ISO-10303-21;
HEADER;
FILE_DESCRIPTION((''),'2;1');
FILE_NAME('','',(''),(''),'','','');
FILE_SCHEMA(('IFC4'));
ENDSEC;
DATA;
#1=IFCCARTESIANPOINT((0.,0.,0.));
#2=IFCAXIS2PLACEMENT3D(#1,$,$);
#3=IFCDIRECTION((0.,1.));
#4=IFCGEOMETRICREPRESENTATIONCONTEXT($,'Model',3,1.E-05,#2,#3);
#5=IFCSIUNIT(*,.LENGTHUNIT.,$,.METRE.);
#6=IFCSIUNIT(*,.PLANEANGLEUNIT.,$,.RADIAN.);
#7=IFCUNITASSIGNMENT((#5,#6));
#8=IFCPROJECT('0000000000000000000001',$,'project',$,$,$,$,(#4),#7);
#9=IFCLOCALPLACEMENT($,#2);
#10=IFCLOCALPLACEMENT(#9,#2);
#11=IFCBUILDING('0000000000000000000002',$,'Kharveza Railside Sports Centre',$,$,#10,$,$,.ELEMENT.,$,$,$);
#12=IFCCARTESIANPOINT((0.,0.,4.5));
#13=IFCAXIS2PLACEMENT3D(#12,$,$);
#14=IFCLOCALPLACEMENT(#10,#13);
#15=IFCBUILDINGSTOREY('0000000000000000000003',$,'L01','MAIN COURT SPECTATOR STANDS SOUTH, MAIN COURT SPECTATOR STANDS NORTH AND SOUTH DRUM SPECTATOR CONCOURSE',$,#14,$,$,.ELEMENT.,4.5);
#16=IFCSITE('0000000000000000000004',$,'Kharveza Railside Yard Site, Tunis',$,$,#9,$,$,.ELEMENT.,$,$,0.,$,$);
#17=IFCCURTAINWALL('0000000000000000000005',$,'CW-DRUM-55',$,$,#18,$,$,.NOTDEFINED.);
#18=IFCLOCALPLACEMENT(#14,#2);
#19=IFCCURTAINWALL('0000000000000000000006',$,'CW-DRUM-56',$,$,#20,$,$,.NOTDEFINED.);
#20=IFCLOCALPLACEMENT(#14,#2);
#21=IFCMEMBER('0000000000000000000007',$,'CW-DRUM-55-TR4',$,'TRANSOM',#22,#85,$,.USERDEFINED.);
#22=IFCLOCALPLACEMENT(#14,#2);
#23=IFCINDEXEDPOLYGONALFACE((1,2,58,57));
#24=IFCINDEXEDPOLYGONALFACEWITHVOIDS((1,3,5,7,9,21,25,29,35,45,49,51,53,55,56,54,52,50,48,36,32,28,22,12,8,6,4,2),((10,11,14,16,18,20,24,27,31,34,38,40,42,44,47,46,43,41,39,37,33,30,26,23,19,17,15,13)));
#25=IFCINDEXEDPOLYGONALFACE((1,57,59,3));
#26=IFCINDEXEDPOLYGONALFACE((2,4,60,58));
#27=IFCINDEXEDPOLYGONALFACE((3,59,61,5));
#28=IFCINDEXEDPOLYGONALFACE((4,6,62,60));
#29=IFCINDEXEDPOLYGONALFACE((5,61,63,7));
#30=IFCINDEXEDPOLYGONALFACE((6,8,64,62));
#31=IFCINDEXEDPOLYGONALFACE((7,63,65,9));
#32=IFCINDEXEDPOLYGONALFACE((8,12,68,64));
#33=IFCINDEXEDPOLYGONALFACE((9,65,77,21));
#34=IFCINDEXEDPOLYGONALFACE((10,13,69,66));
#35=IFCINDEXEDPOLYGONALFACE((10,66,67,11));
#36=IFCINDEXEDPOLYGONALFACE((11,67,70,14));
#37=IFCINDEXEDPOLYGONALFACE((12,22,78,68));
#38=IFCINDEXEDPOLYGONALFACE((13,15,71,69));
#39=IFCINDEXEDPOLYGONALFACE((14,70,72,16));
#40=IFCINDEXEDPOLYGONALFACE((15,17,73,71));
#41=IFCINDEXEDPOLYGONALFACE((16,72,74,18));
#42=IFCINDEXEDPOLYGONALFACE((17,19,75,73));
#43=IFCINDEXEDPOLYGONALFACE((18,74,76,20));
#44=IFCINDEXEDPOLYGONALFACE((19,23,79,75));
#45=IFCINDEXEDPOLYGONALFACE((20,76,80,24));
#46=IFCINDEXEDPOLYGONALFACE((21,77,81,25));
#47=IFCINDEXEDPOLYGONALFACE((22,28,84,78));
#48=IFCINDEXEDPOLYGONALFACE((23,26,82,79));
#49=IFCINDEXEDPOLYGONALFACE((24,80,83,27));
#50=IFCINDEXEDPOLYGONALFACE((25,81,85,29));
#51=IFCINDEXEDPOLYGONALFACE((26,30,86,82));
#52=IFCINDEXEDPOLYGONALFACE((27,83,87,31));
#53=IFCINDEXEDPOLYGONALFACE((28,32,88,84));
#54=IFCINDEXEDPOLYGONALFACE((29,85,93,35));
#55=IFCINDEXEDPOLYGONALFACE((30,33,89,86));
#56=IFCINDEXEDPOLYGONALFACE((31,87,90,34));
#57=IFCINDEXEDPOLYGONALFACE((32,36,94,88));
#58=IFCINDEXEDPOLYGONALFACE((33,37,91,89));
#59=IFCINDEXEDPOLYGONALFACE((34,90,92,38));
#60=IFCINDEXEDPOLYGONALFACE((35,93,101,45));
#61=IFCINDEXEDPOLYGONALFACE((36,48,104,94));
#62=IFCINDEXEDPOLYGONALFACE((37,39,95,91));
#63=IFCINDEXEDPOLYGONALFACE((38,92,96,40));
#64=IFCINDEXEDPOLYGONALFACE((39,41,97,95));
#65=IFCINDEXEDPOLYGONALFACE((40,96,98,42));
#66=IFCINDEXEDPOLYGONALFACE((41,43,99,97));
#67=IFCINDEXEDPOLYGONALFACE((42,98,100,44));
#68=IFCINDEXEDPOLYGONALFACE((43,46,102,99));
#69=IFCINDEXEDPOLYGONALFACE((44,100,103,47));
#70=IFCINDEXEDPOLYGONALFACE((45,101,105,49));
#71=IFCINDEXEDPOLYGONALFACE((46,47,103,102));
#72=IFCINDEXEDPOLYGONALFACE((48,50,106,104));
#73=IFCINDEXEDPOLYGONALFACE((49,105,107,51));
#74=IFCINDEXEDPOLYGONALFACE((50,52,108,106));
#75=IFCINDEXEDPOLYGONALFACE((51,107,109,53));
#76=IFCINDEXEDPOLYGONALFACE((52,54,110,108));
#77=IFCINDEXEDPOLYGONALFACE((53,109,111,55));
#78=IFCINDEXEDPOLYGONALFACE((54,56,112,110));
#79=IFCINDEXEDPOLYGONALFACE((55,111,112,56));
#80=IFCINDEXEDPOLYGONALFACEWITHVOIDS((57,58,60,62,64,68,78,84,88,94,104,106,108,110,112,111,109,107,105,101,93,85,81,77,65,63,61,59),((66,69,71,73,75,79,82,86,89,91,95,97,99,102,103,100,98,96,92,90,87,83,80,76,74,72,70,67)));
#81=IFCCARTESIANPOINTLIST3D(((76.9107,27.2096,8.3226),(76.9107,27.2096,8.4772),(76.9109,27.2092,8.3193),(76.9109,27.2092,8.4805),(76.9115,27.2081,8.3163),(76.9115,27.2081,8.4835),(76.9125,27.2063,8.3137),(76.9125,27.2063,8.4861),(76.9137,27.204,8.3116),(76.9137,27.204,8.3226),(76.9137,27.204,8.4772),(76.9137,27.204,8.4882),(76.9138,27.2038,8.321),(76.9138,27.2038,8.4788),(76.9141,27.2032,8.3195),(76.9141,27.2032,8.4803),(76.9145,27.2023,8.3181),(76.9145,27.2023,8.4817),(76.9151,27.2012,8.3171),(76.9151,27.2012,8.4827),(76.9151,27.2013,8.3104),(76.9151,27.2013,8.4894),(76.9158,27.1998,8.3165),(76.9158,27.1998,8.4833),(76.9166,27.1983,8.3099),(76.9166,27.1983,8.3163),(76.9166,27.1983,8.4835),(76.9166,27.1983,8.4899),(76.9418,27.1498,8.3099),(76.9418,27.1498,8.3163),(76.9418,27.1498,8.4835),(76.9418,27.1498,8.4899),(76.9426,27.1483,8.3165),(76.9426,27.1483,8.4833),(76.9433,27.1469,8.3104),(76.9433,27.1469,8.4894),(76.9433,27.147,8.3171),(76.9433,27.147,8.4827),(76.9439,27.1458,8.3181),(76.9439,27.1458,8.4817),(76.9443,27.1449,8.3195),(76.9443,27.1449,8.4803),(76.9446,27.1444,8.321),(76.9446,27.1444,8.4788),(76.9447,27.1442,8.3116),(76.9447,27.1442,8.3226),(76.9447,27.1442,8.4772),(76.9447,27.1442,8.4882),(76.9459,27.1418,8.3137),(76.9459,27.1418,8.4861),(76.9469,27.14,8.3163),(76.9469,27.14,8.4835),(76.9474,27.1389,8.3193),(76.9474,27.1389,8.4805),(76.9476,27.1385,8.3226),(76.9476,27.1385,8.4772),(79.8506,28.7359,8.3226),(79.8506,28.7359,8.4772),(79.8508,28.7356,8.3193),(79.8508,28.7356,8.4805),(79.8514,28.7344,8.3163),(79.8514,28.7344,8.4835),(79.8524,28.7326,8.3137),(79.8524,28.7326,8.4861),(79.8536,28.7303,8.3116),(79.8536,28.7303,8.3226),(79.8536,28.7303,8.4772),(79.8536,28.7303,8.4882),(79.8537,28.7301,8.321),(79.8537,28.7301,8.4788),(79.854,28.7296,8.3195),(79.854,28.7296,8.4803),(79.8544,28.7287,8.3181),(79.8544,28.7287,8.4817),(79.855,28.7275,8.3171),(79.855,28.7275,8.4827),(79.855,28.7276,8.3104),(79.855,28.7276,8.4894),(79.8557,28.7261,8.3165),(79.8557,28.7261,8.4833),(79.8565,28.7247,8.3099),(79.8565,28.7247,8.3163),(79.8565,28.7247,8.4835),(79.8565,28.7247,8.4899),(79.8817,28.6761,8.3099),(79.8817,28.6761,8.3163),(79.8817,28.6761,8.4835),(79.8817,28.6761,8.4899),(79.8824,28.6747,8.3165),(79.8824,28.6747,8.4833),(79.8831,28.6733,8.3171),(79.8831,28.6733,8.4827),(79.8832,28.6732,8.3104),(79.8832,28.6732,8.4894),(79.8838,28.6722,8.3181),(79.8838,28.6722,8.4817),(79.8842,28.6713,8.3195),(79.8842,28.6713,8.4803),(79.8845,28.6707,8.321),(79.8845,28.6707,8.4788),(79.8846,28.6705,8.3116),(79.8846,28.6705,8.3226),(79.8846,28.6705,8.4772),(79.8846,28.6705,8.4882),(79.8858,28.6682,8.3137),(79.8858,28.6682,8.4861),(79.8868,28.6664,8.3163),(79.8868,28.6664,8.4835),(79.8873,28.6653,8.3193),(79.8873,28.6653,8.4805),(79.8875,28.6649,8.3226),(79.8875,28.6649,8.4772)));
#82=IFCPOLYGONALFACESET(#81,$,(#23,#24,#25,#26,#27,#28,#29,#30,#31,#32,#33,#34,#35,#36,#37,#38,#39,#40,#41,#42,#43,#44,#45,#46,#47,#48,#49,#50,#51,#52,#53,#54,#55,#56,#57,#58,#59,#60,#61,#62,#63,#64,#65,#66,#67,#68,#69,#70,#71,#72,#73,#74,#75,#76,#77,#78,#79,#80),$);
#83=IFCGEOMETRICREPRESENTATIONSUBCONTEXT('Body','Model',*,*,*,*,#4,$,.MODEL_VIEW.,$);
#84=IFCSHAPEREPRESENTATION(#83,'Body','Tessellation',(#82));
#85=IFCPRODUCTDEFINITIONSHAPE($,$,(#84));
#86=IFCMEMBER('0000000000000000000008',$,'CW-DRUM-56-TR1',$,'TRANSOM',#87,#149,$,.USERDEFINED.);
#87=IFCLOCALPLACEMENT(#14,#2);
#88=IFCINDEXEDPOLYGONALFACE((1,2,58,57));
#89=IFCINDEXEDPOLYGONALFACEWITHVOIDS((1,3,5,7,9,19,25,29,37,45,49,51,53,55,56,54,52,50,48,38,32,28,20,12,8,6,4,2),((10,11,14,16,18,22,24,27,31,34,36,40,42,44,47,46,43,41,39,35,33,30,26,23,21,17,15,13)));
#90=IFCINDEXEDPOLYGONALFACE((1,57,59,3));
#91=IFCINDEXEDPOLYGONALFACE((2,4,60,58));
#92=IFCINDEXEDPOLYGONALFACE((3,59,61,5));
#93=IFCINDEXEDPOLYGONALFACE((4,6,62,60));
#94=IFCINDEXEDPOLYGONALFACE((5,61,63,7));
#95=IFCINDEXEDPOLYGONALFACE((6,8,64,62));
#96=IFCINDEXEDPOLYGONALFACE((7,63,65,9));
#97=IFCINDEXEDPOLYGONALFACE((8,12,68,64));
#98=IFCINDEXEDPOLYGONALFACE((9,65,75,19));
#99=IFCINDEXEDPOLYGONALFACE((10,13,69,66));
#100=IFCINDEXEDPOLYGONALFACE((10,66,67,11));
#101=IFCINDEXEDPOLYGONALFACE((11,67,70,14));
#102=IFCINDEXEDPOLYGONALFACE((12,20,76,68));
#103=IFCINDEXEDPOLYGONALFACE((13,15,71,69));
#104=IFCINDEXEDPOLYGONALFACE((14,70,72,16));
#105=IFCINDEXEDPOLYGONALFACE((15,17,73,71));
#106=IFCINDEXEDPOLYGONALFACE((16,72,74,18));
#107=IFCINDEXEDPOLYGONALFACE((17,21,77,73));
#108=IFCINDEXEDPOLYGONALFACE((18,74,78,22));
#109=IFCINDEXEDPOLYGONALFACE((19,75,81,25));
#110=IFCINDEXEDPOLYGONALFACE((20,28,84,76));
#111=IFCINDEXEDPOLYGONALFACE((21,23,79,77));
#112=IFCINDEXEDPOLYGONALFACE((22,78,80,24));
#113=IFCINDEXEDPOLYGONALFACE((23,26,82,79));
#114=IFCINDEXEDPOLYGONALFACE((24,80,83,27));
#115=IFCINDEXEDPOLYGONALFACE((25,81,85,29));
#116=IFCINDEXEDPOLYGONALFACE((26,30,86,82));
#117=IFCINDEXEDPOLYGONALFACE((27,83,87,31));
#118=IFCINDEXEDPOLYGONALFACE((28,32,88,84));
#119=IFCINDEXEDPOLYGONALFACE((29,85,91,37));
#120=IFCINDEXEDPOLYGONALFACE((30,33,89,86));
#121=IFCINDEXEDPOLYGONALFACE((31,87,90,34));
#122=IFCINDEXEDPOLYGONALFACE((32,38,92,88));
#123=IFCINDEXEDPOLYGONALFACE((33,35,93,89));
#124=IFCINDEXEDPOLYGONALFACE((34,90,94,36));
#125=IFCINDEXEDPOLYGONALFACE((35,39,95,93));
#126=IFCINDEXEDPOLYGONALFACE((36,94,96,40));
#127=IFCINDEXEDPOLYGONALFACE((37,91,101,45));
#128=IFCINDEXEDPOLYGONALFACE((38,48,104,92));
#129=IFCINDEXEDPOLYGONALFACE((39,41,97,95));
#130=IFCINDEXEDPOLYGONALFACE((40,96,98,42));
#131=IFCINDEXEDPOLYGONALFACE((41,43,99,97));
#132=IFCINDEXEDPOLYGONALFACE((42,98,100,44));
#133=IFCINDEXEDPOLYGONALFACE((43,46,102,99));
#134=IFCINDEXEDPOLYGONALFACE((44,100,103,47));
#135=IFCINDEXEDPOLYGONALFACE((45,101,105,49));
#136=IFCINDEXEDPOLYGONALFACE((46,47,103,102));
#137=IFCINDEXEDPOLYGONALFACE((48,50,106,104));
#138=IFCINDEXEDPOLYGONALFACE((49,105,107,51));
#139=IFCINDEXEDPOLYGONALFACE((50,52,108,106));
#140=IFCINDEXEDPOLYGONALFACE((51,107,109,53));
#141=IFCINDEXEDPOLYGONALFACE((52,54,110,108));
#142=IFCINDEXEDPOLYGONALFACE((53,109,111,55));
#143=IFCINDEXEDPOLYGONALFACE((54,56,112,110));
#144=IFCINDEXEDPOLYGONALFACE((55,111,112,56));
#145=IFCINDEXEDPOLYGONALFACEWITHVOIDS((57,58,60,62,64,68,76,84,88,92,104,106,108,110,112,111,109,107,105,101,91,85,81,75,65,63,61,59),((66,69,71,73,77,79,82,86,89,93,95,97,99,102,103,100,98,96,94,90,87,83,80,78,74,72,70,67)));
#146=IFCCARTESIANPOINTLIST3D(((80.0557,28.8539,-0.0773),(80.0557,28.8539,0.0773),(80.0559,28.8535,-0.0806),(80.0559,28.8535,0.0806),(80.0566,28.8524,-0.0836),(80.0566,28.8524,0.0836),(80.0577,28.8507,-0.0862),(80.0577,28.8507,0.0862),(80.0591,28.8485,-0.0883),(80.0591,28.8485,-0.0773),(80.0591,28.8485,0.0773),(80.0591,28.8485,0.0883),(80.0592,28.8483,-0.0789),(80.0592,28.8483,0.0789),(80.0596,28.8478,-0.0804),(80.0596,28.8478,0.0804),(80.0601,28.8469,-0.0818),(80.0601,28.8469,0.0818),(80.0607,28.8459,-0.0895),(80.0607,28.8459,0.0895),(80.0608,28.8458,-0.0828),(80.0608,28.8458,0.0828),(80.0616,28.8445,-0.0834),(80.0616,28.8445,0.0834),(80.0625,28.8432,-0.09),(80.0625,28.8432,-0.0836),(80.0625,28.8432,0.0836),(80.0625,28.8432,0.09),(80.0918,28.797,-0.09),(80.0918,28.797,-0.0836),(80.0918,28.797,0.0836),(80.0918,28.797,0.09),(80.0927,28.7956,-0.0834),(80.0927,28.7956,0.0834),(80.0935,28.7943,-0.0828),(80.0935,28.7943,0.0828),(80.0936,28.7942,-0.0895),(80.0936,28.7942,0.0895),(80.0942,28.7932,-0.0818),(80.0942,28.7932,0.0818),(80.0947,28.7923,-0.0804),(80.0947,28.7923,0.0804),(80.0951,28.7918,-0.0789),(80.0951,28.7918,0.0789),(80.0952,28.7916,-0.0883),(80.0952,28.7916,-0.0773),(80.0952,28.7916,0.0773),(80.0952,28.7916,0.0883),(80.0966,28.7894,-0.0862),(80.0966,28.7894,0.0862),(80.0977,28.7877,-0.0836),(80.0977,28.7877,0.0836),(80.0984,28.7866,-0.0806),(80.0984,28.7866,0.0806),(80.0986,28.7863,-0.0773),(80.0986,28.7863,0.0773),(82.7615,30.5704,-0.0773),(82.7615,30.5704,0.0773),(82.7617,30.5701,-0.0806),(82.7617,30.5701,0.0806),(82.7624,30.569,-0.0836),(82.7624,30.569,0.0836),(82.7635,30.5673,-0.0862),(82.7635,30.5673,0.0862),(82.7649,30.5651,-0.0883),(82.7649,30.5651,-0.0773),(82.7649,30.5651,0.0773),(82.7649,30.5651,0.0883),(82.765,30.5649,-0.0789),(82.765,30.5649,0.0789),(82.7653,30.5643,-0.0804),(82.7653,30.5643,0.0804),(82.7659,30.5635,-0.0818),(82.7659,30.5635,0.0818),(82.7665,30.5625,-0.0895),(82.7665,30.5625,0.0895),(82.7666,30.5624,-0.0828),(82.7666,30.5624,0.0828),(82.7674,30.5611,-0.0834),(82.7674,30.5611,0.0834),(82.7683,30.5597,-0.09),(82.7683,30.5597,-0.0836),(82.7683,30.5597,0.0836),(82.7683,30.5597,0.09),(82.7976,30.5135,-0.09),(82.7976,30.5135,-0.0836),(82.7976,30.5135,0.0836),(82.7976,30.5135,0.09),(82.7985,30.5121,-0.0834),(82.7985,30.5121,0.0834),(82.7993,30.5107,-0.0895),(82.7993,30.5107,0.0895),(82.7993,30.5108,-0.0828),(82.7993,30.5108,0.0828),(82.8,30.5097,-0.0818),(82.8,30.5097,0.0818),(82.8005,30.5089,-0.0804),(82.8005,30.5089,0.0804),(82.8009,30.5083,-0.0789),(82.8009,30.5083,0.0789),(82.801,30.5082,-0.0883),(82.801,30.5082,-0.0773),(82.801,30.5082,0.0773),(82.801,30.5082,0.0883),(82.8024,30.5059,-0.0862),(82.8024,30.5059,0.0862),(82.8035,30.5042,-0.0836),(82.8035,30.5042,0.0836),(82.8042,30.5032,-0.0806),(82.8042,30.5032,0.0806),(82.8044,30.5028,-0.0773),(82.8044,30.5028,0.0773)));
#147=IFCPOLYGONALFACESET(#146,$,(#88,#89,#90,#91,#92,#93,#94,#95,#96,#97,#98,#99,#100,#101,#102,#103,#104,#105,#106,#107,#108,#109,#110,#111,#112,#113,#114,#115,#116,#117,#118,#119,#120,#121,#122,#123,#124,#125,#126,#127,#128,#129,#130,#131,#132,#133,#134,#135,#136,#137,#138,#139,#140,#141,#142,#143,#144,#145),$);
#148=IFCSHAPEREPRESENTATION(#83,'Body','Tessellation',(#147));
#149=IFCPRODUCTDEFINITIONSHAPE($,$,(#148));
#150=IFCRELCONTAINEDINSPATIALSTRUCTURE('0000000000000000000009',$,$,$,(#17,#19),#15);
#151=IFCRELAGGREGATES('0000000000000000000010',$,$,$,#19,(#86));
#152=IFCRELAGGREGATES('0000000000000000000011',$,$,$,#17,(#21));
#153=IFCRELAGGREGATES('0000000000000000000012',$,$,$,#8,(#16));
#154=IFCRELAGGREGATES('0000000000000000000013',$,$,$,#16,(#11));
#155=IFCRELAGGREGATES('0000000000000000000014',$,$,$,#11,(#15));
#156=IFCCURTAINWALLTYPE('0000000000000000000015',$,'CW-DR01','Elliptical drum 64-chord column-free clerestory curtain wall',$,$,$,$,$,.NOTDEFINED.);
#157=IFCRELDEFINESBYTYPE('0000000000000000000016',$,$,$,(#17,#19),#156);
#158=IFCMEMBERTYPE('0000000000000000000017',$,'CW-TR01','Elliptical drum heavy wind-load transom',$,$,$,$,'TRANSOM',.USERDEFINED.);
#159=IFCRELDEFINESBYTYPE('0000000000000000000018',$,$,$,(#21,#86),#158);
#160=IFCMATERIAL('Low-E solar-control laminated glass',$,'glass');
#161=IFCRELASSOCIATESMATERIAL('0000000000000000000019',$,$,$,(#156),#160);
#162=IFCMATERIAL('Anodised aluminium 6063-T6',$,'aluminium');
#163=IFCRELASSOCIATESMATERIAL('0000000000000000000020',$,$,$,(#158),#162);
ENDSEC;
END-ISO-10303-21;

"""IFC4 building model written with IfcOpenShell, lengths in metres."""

from ifc_helpers import new_model, si_unit, direction, frame, origin, origin_2d, place, context, subcontext, project, spatial, hollow_rectangle, extrude, material, material_profile, profile_set, type_object, element, aggregate, save


model = new_model("IFC4")

# Units and contexts
model_context = context("Model", 3, precision=1e-05, world=origin(), true_north=direction((0.0, 1.0)))
body_context = subcontext(model_context, "Body", "Model", "MODEL_VIEW")
ifc_project = project(units=[si_unit("LENGTHUNIT", "METRE"), si_unit("PLANEANGLEUNIT", "RADIAN")], contexts=[model_context])

# Site, building, storey
site_placement = place(None, origin())
site = spatial("IfcSite", under=ifc_project, at=site_placement, Name="Kharveza Railside Yard Site, Tunis", CompositionType="ELEMENT", RefElevation=0.0)
building_placement = place(site_placement, origin())
building = spatial("IfcBuilding", under=site, at=building_placement, Name="Kharveza Railside Sports Centre", CompositionType="ELEMENT")
storey_placement = place(building_placement, frame((0.0, 0.0, 4.5)))
storey = spatial("IfcBuildingStorey", under=building, at=storey_placement, Name="L01", Description="MAIN COURT SPECTATOR STANDS SOUTH, MAIN COURT SPECTATOR STANDS NORTH AND SOUTH DRUM SPECTATOR CONCOURSE", CompositionType="ELEMENT", Elevation=4.5)

# Shared definitions
ifc_material_1 = material(Name="Low-E solar-control laminated glass", Category="glass")
curtain_wall_type = type_object("IfcCurtainWallType", Name="CW-DR01", Description="Elliptical drum 64-chord column-free clerestory curtain wall", PredefinedType="NOTDEFINED", material=ifc_material_1)
ifc_material_2 = material(Name="Anodised aluminium 6063-T6", Category="aluminium")

# Curtain wall
curtain_wall_1_placement = place(storey_placement, origin())
curtain_wall_1 = element("IfcCurtainWall", 1, at=curtain_wall_1_placement, inside=storey, type_object=curtain_wall_type, Name="CW-DRUM-55", PredefinedType="NOTDEFINED")

# Curtain wall
curtain_wall_2_placement = place(storey_placement, origin())
curtain_wall_2 = element("IfcCurtainWall", 2, at=curtain_wall_2_placement, inside=storey, type_object=curtain_wall_type, Name="CW-DRUM-56", PredefinedType="NOTDEFINED")

# Members
ifc_material_profile_1 = material_profile(ifc_material_2, hollow_rectangle(XDim=0.0801, YDim=0.1799, WallThickness=0.0063, InnerFilletRadius=0.0063, OuterFilletRadius=0.0127, at=origin_2d()), Name="RHS 80x180x6.3")
ifc_profile_set_1 = profile_set([ifc_material_profile_1], Name="Anodised aluminium 6063-T6")
member_type_1 = type_object("IfcMemberType", Name="CW-TR01", Description="Elliptical drum heavy wind-load transom", ElementType="TRANSOM", PredefinedType="USERDEFINED", material=ifc_profile_set_1)
member_1_placement = place(storey_placement, frame((76.9292, 27.1741, 8.3999), z_axis=(0.887513, 0.460782, 0.0), x_axis=(-0.460782, 0.887513, 0.0)))
member_1 = element("IfcMember", 3, at=member_1_placement, type_object=member_type_1, Name="CW-DRUM-55-TR4", ObjectType="TRANSOM", PredefinedType="USERDEFINED", context=body_context, shape_type="SweptSolid", body=[
    extrude(hollow_rectangle(XDim=0.0801, YDim=0.1799, WallThickness=0.0063, InnerFilletRadius=0.0063, OuterFilletRadius=0.0127, at=origin_2d()), origin(), (0.0, 0.0, 1.0), 3.3125),
])
member_2_placement = place(storey_placement, frame((80.0771, 28.8201, 0.0), z_axis=(0.844414, 0.535692, 0.0), x_axis=(-0.535692, 0.844414, 0.0)))
member_2 = element("IfcMember", 4, at=member_2_placement, type_object=member_type_1, Name="CW-DRUM-56-TR1", ObjectType="TRANSOM", PredefinedType="USERDEFINED", context=body_context, shape_type="SweptSolid", body=[
    extrude(hollow_rectangle(XDim=0.0801, YDim=0.1799, WallThickness=0.0063, InnerFilletRadius=0.0063, OuterFilletRadius=0.0127, at=origin_2d()), origin(), (0.0, 0.0, 1.0), 3.2043),
])
aggregate(curtain_wall_2, [member_2])

aggregate(curtain_wall_1, [member_1])

save(model, "model.ifc")
